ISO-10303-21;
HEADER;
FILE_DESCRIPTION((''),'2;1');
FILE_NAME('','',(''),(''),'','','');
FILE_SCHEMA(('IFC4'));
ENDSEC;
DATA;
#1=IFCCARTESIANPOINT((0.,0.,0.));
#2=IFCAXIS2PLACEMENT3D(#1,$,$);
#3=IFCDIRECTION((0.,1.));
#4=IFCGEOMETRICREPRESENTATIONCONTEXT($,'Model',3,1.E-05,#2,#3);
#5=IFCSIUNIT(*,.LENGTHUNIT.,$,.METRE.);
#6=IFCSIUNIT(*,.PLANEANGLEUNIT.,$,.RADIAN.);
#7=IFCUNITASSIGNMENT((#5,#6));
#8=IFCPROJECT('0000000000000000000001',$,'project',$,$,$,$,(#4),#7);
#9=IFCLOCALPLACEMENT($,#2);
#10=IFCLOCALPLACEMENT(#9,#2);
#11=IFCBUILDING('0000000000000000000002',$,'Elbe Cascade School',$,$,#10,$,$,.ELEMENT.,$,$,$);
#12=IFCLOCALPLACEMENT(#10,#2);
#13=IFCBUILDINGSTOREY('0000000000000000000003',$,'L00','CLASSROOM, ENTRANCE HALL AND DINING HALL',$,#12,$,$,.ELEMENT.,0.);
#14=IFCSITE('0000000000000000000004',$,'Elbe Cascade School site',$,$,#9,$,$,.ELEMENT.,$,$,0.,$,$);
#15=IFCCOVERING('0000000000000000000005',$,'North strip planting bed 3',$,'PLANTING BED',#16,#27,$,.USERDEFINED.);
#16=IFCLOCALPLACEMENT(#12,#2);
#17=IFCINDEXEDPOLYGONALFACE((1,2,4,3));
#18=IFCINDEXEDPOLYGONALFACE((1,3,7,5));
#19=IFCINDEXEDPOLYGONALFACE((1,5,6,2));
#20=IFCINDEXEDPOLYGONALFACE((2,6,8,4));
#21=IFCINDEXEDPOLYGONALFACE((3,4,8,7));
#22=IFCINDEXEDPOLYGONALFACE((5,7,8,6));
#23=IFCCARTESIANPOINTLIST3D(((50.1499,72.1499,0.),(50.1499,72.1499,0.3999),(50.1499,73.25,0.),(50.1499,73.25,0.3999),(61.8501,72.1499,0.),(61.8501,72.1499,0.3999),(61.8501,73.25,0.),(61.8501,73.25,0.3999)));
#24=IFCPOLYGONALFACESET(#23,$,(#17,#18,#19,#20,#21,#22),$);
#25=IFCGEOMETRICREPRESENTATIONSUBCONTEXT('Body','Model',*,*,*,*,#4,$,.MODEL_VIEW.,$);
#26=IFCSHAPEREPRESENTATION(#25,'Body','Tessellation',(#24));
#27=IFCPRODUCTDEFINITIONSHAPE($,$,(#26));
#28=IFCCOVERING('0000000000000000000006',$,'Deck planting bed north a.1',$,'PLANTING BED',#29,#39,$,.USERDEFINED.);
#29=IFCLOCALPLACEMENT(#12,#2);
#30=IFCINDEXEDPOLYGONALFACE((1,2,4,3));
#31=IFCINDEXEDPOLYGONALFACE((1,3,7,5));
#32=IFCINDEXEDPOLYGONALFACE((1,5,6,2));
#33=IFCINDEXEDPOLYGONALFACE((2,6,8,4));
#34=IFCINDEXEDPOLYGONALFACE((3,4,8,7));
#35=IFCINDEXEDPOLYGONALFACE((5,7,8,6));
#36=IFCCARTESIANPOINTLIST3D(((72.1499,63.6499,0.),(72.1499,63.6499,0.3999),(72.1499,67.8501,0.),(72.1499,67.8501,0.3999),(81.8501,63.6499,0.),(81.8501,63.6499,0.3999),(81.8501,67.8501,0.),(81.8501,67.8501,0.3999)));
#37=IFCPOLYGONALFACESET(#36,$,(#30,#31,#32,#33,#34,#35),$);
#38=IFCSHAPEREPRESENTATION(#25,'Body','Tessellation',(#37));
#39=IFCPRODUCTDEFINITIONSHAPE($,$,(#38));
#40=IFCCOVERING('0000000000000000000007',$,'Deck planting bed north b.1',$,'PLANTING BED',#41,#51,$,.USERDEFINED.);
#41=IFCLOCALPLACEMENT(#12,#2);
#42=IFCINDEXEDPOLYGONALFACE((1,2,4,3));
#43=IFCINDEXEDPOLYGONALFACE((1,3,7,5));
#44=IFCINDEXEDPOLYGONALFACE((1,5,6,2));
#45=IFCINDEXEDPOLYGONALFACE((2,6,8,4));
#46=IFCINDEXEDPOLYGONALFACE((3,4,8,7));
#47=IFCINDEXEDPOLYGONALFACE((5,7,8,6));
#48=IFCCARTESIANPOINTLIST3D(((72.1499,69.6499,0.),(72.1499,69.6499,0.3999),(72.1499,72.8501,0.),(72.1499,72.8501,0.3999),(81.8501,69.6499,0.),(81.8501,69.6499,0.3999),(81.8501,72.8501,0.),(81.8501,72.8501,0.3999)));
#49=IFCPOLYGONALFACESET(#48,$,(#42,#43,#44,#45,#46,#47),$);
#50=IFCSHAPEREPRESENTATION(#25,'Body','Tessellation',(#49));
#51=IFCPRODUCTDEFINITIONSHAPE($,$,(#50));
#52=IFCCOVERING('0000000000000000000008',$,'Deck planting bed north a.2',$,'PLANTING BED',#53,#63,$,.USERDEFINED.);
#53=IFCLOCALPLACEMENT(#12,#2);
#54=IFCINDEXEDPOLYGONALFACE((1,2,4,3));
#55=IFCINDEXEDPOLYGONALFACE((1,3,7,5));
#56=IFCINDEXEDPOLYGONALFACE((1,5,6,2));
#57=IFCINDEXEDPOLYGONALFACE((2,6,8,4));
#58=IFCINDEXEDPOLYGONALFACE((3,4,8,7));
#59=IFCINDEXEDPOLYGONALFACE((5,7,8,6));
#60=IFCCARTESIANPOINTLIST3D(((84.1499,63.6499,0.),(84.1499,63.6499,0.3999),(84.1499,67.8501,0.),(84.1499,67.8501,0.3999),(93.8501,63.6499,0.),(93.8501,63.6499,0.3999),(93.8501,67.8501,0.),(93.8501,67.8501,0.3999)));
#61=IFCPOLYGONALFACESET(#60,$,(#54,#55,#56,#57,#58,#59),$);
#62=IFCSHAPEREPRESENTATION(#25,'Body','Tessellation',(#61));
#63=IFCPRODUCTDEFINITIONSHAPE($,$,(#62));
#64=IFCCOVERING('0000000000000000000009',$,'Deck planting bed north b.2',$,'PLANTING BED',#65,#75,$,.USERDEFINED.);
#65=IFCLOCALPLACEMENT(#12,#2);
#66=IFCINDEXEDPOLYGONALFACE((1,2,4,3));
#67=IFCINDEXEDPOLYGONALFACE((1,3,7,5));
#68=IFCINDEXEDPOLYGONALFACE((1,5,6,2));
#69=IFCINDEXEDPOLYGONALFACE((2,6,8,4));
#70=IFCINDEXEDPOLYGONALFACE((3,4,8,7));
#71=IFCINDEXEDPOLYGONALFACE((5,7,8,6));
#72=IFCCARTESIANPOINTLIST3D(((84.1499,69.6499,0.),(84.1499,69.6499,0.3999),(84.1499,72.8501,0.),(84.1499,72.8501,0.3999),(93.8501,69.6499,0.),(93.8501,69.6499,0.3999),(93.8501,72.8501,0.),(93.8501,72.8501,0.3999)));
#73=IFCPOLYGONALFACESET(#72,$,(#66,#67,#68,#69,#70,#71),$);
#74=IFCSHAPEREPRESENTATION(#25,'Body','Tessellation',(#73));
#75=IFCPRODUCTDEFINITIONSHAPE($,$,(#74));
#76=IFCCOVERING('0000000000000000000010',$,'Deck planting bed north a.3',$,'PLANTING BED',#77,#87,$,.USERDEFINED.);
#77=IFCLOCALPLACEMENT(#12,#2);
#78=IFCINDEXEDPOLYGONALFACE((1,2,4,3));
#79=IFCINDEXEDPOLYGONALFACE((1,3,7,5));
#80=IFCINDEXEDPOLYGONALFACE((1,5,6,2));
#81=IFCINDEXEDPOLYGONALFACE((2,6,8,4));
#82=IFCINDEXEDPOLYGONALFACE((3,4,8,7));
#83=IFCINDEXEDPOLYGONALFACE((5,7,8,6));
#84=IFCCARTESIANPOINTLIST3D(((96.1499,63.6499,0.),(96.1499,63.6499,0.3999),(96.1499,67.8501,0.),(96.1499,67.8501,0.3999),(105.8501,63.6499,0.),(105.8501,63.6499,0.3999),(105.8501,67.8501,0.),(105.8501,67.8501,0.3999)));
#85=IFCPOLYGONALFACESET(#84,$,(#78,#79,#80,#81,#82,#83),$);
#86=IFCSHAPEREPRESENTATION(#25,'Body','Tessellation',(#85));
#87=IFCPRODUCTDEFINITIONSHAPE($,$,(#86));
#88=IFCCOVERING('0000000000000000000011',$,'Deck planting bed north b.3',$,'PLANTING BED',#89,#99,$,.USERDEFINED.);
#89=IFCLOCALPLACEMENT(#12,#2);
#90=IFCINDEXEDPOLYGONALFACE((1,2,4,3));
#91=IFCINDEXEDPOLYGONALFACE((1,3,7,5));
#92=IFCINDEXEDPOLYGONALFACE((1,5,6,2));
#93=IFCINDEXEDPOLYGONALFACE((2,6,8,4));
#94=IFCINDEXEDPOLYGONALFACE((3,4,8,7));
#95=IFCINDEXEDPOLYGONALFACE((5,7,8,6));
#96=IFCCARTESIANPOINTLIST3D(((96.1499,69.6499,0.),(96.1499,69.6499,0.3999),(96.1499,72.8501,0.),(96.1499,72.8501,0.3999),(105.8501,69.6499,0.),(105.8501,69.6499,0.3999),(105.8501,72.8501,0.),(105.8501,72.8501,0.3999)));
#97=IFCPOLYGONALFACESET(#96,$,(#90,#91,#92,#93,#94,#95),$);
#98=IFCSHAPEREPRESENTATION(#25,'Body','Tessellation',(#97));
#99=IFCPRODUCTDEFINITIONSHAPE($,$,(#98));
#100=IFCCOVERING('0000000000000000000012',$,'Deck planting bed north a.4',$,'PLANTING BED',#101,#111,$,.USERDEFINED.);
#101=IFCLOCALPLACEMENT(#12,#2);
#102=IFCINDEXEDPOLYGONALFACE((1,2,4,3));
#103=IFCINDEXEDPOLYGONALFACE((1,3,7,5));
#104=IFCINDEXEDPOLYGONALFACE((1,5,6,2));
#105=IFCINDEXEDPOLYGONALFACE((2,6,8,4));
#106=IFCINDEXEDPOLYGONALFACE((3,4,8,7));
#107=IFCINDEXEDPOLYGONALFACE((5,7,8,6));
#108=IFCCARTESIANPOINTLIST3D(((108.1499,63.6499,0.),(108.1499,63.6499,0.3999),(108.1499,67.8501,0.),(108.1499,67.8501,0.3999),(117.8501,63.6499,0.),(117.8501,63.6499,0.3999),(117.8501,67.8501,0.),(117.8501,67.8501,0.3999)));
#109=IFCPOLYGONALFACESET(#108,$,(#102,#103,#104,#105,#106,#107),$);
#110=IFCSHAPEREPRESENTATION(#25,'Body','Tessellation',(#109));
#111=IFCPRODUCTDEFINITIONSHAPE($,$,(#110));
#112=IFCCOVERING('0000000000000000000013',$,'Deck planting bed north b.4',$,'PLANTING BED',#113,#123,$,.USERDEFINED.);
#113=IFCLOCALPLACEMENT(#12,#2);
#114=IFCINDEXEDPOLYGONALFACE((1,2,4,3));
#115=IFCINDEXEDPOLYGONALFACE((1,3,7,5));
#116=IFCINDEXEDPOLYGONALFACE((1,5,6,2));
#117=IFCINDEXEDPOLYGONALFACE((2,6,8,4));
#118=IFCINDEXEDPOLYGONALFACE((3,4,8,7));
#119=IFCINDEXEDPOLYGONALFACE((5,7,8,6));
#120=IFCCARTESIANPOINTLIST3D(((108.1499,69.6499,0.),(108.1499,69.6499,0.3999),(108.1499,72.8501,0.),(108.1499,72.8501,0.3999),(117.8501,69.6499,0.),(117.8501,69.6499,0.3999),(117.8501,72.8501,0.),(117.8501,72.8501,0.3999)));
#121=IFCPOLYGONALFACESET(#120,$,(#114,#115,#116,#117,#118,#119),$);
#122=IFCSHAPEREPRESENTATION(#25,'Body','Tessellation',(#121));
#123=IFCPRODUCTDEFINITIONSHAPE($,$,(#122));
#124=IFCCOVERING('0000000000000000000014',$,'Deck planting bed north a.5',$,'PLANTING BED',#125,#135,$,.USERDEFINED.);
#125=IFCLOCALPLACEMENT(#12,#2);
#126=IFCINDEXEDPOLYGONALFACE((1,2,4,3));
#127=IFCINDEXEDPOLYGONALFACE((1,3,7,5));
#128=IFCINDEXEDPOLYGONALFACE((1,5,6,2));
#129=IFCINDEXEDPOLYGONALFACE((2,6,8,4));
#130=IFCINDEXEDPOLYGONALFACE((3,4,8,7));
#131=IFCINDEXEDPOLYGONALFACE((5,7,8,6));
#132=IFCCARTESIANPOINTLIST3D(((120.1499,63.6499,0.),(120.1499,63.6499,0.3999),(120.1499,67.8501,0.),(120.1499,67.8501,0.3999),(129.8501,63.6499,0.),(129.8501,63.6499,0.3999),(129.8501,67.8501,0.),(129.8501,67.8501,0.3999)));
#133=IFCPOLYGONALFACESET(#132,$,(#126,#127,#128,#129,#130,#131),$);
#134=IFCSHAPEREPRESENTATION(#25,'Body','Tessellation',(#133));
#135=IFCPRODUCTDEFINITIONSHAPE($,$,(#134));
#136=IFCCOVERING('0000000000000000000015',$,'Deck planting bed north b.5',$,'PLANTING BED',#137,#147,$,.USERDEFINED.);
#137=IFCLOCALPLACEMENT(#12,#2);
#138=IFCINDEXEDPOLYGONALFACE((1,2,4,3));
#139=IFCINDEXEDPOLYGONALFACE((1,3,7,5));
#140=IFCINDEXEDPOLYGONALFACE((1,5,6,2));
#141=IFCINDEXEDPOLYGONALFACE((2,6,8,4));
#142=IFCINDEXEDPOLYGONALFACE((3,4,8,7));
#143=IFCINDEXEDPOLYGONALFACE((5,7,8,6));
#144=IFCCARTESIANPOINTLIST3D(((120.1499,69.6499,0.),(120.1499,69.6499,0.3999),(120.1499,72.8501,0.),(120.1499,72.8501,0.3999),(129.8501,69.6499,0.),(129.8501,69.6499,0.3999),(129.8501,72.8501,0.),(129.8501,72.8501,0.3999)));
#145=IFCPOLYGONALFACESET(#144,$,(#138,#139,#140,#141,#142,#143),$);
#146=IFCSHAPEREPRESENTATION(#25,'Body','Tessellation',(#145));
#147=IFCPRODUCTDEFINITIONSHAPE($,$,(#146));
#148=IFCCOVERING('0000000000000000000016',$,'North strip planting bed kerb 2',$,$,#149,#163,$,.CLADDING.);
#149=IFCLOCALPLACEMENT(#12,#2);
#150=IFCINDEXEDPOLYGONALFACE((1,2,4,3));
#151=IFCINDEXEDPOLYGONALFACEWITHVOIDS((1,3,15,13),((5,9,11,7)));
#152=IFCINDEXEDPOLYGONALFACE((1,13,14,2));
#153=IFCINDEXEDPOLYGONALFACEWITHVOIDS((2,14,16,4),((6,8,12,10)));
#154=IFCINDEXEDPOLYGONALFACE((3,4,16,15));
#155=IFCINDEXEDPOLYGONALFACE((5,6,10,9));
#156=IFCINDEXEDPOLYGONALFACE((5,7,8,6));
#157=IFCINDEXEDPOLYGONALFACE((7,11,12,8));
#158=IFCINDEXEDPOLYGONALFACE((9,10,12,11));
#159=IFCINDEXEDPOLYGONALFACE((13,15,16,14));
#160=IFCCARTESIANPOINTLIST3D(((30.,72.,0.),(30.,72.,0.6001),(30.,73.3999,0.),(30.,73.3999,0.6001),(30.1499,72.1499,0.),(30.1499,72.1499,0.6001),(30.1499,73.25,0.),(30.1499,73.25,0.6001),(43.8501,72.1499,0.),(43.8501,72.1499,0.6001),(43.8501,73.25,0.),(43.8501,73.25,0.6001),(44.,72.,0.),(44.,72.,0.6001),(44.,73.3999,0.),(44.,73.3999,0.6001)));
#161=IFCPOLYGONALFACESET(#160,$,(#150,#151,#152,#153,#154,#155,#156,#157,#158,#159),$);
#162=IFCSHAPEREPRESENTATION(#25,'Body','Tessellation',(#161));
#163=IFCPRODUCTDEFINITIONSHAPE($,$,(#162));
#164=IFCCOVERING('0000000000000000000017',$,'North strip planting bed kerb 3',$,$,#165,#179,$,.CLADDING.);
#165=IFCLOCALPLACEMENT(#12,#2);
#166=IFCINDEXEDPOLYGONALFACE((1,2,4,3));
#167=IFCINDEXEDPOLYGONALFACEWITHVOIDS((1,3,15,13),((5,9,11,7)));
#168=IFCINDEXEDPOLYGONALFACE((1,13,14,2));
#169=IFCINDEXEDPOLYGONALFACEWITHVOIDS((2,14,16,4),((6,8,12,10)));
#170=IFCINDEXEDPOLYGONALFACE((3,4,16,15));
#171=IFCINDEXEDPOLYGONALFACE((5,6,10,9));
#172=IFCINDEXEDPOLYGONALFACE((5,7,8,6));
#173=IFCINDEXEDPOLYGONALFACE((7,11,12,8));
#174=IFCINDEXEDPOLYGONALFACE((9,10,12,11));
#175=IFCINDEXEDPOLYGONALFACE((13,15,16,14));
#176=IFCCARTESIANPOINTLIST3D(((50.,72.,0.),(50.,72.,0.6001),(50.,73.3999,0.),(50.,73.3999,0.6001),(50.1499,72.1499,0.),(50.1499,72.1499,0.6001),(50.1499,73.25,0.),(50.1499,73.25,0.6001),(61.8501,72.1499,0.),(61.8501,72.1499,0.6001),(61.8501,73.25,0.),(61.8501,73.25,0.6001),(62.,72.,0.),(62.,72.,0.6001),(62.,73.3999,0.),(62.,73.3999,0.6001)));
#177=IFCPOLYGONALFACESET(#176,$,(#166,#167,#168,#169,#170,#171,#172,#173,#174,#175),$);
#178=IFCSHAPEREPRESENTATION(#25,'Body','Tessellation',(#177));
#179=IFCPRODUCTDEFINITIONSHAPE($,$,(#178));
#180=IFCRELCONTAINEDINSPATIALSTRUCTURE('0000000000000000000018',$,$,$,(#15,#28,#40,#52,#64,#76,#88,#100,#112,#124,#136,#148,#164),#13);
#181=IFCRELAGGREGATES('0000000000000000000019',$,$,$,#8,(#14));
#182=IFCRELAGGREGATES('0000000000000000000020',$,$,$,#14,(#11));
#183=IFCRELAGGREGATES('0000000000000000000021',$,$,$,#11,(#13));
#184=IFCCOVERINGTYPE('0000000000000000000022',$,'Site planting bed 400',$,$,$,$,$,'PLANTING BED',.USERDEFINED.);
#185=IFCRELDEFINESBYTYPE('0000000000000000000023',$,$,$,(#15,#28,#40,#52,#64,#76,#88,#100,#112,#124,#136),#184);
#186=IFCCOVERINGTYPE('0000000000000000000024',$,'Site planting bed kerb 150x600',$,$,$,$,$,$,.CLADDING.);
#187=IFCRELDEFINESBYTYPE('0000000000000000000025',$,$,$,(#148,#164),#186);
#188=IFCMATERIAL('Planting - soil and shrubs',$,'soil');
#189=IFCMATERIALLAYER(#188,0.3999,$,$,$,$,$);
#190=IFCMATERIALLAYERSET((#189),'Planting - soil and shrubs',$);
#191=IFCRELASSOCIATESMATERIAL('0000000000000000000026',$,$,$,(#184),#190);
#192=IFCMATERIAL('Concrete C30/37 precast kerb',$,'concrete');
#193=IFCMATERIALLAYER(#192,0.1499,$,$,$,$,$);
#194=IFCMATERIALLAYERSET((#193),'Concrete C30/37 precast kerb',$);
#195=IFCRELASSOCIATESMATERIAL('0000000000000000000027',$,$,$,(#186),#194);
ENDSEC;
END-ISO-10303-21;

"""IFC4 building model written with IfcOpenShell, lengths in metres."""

from ifc_helpers import new_model, si_unit, direction, origin, place, context, subcontext, project, spatial, polyline, outline, extrude, material, layer, layer_set, type_object, element, save


model = new_model("IFC4")

# Units and contexts
model_context = context("Model", 3, precision=1e-05, world=origin(), true_north=direction((0.0, 1.0)))
body_context = subcontext(model_context, "Body", "Model", "MODEL_VIEW")
ifc_project = project(units=[si_unit("LENGTHUNIT", "METRE"), si_unit("PLANEANGLEUNIT", "RADIAN")], contexts=[model_context])

# Site, building, storey
site_placement = place(None, origin())
site = spatial("IfcSite", under=ifc_project, at=site_placement, Name="Elbe Cascade School site", CompositionType="ELEMENT", RefElevation=0.0)
building_placement = place(site_placement, origin())
building = spatial("IfcBuilding", under=site, at=building_placement, Name="Elbe Cascade School", CompositionType="ELEMENT")
storey_placement = place(building_placement, origin())
storey = spatial("IfcBuildingStorey", under=building, at=storey_placement, Name="L00", Description="CLASSROOM, ENTRANCE HALL AND DINING HALL", CompositionType="ELEMENT", Elevation=0.0)

# Coverings
ifc_material_1 = material(Name="Planting - soil and shrubs", Category="soil")
ifc_layer_1 = layer(ifc_material_1, 0.3999)
ifc_layer_set_1 = layer_set([ifc_layer_1], Name="Planting - soil and shrubs")
covering_type_1 = type_object("IfcCoveringType", Name="Site planting bed 400", ElementType="PLANTING BED", PredefinedType="USERDEFINED", material=ifc_layer_set_1)
covering_1_placement = place(storey_placement, origin())
element("IfcCovering", 1, at=covering_1_placement, inside=storey, type_object=covering_type_1, Name="North strip planting bed 3", ObjectType="PLANTING BED", PredefinedType="USERDEFINED", context=body_context, shape_type="SweptSolid", body=[
    extrude(outline(polyline([(50.1499, 72.1499), (61.8501, 72.1499), (61.8501, 73.25), (50.1499, 73.25), (50.1499, 72.1499)])), origin(), (0.0, 0.0, 1.0), 0.3999),
])
covering_2_placement = place(storey_placement, origin())
element("IfcCovering", 2, at=covering_2_placement, inside=storey, type_object=covering_type_1, Name="Deck planting bed north a.1", ObjectType="PLANTING BED", PredefinedType="USERDEFINED", context=body_context, shape_type="SweptSolid", body=[
    extrude(outline(polyline([(72.1499, 63.6499), (81.8501, 63.6499), (81.8501, 67.8501), (72.1499, 67.8501), (72.1499, 63.6499)])), origin(), (0.0, 0.0, 1.0), 0.3999),
])
covering_3_placement = place(storey_placement, origin())
element("IfcCovering", 3, at=covering_3_placement, inside=storey, type_object=covering_type_1, Name="Deck planting bed north b.1", ObjectType="PLANTING BED", PredefinedType="USERDEFINED", context=body_context, shape_type="SweptSolid", body=[
    extrude(outline(polyline([(72.1499, 69.6499), (81.8501, 69.6499), (81.8501, 72.8501), (72.1499, 72.8501), (72.1499, 69.6499)])), origin(), (0.0, 0.0, 1.0), 0.3999),
])
covering_4_placement = place(storey_placement, origin())
element("IfcCovering", 4, at=covering_4_placement, inside=storey, type_object=covering_type_1, Name="Deck planting bed north a.2", ObjectType="PLANTING BED", PredefinedType="USERDEFINED", context=body_context, shape_type="SweptSolid", body=[
    extrude(outline(polyline([(84.1499, 63.6499), (93.8501, 63.6499), (93.8501, 67.8501), (84.1499, 67.8501), (84.1499, 63.6499)])), origin(), (0.0, 0.0, 1.0), 0.3999),
])
covering_5_placement = place(storey_placement, origin())
element("IfcCovering", 5, at=covering_5_placement, inside=storey, type_object=covering_type_1, Name="Deck planting bed north b.2", ObjectType="PLANTING BED", PredefinedType="USERDEFINED", context=body_context, shape_type="SweptSolid", body=[
    extrude(outline(polyline([(84.1499, 69.6499), (93.8501, 69.6499), (93.8501, 72.8501), (84.1499, 72.8501), (84.1499, 69.6499)])), origin(), (0.0, 0.0, 1.0), 0.3999),
])
covering_6_placement = place(storey_placement, origin())
element("IfcCovering", 6, at=covering_6_placement, inside=storey, type_object=covering_type_1, Name="Deck planting bed north a.3", ObjectType="PLANTING BED", PredefinedType="USERDEFINED", context=body_context, shape_type="SweptSolid", body=[
    extrude(outline(polyline([(96.1499, 63.6499), (105.8501, 63.6499), (105.8501, 67.8501), (96.1499, 67.8501), (96.1499, 63.6499)])), origin(), (0.0, 0.0, 1.0), 0.3999),
])
covering_7_placement = place(storey_placement, origin())
element("IfcCovering", 7, at=covering_7_placement, inside=storey, type_object=covering_type_1, Name="Deck planting bed north b.3", ObjectType="PLANTING BED", PredefinedType="USERDEFINED", context=body_context, shape_type="SweptSolid", body=[
    extrude(outline(polyline([(96.1499, 69.6499), (105.8501, 69.6499), (105.8501, 72.8501), (96.1499, 72.8501), (96.1499, 69.6499)])), origin(), (0.0, 0.0, 1.0), 0.3999),
])
covering_8_placement = place(storey_placement, origin())
element("IfcCovering", 8, at=covering_8_placement, inside=storey, type_object=covering_type_1, Name="Deck planting bed north a.4", ObjectType="PLANTING BED", PredefinedType="USERDEFINED", context=body_context, shape_type="SweptSolid", body=[
    extrude(outline(polyline([(108.1499, 63.6499), (117.8501, 63.6499), (117.8501, 67.8501), (108.1499, 67.8501), (108.1499, 63.6499)])), origin(), (0.0, 0.0, 1.0), 0.3999),
])
covering_9_placement = place(storey_placement, origin())
element("IfcCovering", 9, at=covering_9_placement, inside=storey, type_object=covering_type_1, Name="Deck planting bed north b.4", ObjectType="PLANTING BED", PredefinedType="USERDEFINED", context=body_context, shape_type="SweptSolid", body=[
    extrude(outline(polyline([(108.1499, 69.6499), (117.8501, 69.6499), (117.8501, 72.8501), (108.1499, 72.8501), (108.1499, 69.6499)])), origin(), (0.0, 0.0, 1.0), 0.3999),
])
covering_10_placement = place(storey_placement, origin())
element("IfcCovering", 10, at=covering_10_placement, inside=storey, type_object=covering_type_1, Name="Deck planting bed north a.5", ObjectType="PLANTING BED", PredefinedType="USERDEFINED", context=body_context, shape_type="SweptSolid", body=[
    extrude(outline(polyline([(120.1499, 63.6499), (129.8501, 63.6499), (129.8501, 67.8501), (120.1499, 67.8501), (120.1499, 63.6499)])), origin(), (0.0, 0.0, 1.0), 0.3999),
])
covering_11_placement = place(storey_placement, origin())
element("IfcCovering", 11, at=covering_11_placement, inside=storey, type_object=covering_type_1, Name="Deck planting bed north b.5", ObjectType="PLANTING BED", PredefinedType="USERDEFINED", context=body_context, shape_type="SweptSolid", body=[
    extrude(outline(polyline([(120.1499, 69.6499), (129.8501, 69.6499), (129.8501, 72.8501), (120.1499, 72.8501), (120.1499, 69.6499)])), origin(), (0.0, 0.0, 1.0), 0.3999),
])
ifc_material_2 = material(Name="Concrete C30/37 precast kerb", Category="concrete")
ifc_layer_2 = layer(ifc_material_2, 0.1499)
ifc_layer_set_2 = layer_set([ifc_layer_2], Name="Concrete C30/37 precast kerb")
covering_type_2 = type_object("IfcCoveringType", Name="Site planting bed kerb 150x600", PredefinedType="CLADDING", material=ifc_layer_set_2)
covering_12_placement = place(storey_placement, origin())
element("IfcCovering", 12, at=covering_12_placement, inside=storey, type_object=covering_type_2, Name="North strip planting bed kerb 2", PredefinedType="CLADDING", context=body_context, shape_type="SweptSolid", body=[
    extrude(outline(polyline([(30.0, 72.0), (44.0, 72.0), (44.0, 73.3999), (30.0, 73.3999), (30.0, 72.0)]), holes=[polyline([(30.1499, 72.1499), (43.8501, 72.1499), (43.8501, 73.25), (30.1499, 73.25), (30.1499, 72.1499)])]), origin(), (0.0, 0.0, 1.0), 0.6001),
])
covering_13_placement = place(storey_placement, origin())
element("IfcCovering", 13, at=covering_13_placement, inside=storey, type_object=covering_type_2, Name="North strip planting bed kerb 3", PredefinedType="CLADDING", context=body_context, shape_type="SweptSolid", body=[
    extrude(outline(polyline([(50.0, 72.0), (62.0, 72.0), (62.0, 73.3999), (50.0, 73.3999), (50.0, 72.0)]), holes=[polyline([(50.1499, 72.1499), (61.8501, 72.1499), (61.8501, 73.25), (50.1499, 73.25), (50.1499, 72.1499)])]), origin(), (0.0, 0.0, 1.0), 0.6001),
])

save(model, "model.ifc")
